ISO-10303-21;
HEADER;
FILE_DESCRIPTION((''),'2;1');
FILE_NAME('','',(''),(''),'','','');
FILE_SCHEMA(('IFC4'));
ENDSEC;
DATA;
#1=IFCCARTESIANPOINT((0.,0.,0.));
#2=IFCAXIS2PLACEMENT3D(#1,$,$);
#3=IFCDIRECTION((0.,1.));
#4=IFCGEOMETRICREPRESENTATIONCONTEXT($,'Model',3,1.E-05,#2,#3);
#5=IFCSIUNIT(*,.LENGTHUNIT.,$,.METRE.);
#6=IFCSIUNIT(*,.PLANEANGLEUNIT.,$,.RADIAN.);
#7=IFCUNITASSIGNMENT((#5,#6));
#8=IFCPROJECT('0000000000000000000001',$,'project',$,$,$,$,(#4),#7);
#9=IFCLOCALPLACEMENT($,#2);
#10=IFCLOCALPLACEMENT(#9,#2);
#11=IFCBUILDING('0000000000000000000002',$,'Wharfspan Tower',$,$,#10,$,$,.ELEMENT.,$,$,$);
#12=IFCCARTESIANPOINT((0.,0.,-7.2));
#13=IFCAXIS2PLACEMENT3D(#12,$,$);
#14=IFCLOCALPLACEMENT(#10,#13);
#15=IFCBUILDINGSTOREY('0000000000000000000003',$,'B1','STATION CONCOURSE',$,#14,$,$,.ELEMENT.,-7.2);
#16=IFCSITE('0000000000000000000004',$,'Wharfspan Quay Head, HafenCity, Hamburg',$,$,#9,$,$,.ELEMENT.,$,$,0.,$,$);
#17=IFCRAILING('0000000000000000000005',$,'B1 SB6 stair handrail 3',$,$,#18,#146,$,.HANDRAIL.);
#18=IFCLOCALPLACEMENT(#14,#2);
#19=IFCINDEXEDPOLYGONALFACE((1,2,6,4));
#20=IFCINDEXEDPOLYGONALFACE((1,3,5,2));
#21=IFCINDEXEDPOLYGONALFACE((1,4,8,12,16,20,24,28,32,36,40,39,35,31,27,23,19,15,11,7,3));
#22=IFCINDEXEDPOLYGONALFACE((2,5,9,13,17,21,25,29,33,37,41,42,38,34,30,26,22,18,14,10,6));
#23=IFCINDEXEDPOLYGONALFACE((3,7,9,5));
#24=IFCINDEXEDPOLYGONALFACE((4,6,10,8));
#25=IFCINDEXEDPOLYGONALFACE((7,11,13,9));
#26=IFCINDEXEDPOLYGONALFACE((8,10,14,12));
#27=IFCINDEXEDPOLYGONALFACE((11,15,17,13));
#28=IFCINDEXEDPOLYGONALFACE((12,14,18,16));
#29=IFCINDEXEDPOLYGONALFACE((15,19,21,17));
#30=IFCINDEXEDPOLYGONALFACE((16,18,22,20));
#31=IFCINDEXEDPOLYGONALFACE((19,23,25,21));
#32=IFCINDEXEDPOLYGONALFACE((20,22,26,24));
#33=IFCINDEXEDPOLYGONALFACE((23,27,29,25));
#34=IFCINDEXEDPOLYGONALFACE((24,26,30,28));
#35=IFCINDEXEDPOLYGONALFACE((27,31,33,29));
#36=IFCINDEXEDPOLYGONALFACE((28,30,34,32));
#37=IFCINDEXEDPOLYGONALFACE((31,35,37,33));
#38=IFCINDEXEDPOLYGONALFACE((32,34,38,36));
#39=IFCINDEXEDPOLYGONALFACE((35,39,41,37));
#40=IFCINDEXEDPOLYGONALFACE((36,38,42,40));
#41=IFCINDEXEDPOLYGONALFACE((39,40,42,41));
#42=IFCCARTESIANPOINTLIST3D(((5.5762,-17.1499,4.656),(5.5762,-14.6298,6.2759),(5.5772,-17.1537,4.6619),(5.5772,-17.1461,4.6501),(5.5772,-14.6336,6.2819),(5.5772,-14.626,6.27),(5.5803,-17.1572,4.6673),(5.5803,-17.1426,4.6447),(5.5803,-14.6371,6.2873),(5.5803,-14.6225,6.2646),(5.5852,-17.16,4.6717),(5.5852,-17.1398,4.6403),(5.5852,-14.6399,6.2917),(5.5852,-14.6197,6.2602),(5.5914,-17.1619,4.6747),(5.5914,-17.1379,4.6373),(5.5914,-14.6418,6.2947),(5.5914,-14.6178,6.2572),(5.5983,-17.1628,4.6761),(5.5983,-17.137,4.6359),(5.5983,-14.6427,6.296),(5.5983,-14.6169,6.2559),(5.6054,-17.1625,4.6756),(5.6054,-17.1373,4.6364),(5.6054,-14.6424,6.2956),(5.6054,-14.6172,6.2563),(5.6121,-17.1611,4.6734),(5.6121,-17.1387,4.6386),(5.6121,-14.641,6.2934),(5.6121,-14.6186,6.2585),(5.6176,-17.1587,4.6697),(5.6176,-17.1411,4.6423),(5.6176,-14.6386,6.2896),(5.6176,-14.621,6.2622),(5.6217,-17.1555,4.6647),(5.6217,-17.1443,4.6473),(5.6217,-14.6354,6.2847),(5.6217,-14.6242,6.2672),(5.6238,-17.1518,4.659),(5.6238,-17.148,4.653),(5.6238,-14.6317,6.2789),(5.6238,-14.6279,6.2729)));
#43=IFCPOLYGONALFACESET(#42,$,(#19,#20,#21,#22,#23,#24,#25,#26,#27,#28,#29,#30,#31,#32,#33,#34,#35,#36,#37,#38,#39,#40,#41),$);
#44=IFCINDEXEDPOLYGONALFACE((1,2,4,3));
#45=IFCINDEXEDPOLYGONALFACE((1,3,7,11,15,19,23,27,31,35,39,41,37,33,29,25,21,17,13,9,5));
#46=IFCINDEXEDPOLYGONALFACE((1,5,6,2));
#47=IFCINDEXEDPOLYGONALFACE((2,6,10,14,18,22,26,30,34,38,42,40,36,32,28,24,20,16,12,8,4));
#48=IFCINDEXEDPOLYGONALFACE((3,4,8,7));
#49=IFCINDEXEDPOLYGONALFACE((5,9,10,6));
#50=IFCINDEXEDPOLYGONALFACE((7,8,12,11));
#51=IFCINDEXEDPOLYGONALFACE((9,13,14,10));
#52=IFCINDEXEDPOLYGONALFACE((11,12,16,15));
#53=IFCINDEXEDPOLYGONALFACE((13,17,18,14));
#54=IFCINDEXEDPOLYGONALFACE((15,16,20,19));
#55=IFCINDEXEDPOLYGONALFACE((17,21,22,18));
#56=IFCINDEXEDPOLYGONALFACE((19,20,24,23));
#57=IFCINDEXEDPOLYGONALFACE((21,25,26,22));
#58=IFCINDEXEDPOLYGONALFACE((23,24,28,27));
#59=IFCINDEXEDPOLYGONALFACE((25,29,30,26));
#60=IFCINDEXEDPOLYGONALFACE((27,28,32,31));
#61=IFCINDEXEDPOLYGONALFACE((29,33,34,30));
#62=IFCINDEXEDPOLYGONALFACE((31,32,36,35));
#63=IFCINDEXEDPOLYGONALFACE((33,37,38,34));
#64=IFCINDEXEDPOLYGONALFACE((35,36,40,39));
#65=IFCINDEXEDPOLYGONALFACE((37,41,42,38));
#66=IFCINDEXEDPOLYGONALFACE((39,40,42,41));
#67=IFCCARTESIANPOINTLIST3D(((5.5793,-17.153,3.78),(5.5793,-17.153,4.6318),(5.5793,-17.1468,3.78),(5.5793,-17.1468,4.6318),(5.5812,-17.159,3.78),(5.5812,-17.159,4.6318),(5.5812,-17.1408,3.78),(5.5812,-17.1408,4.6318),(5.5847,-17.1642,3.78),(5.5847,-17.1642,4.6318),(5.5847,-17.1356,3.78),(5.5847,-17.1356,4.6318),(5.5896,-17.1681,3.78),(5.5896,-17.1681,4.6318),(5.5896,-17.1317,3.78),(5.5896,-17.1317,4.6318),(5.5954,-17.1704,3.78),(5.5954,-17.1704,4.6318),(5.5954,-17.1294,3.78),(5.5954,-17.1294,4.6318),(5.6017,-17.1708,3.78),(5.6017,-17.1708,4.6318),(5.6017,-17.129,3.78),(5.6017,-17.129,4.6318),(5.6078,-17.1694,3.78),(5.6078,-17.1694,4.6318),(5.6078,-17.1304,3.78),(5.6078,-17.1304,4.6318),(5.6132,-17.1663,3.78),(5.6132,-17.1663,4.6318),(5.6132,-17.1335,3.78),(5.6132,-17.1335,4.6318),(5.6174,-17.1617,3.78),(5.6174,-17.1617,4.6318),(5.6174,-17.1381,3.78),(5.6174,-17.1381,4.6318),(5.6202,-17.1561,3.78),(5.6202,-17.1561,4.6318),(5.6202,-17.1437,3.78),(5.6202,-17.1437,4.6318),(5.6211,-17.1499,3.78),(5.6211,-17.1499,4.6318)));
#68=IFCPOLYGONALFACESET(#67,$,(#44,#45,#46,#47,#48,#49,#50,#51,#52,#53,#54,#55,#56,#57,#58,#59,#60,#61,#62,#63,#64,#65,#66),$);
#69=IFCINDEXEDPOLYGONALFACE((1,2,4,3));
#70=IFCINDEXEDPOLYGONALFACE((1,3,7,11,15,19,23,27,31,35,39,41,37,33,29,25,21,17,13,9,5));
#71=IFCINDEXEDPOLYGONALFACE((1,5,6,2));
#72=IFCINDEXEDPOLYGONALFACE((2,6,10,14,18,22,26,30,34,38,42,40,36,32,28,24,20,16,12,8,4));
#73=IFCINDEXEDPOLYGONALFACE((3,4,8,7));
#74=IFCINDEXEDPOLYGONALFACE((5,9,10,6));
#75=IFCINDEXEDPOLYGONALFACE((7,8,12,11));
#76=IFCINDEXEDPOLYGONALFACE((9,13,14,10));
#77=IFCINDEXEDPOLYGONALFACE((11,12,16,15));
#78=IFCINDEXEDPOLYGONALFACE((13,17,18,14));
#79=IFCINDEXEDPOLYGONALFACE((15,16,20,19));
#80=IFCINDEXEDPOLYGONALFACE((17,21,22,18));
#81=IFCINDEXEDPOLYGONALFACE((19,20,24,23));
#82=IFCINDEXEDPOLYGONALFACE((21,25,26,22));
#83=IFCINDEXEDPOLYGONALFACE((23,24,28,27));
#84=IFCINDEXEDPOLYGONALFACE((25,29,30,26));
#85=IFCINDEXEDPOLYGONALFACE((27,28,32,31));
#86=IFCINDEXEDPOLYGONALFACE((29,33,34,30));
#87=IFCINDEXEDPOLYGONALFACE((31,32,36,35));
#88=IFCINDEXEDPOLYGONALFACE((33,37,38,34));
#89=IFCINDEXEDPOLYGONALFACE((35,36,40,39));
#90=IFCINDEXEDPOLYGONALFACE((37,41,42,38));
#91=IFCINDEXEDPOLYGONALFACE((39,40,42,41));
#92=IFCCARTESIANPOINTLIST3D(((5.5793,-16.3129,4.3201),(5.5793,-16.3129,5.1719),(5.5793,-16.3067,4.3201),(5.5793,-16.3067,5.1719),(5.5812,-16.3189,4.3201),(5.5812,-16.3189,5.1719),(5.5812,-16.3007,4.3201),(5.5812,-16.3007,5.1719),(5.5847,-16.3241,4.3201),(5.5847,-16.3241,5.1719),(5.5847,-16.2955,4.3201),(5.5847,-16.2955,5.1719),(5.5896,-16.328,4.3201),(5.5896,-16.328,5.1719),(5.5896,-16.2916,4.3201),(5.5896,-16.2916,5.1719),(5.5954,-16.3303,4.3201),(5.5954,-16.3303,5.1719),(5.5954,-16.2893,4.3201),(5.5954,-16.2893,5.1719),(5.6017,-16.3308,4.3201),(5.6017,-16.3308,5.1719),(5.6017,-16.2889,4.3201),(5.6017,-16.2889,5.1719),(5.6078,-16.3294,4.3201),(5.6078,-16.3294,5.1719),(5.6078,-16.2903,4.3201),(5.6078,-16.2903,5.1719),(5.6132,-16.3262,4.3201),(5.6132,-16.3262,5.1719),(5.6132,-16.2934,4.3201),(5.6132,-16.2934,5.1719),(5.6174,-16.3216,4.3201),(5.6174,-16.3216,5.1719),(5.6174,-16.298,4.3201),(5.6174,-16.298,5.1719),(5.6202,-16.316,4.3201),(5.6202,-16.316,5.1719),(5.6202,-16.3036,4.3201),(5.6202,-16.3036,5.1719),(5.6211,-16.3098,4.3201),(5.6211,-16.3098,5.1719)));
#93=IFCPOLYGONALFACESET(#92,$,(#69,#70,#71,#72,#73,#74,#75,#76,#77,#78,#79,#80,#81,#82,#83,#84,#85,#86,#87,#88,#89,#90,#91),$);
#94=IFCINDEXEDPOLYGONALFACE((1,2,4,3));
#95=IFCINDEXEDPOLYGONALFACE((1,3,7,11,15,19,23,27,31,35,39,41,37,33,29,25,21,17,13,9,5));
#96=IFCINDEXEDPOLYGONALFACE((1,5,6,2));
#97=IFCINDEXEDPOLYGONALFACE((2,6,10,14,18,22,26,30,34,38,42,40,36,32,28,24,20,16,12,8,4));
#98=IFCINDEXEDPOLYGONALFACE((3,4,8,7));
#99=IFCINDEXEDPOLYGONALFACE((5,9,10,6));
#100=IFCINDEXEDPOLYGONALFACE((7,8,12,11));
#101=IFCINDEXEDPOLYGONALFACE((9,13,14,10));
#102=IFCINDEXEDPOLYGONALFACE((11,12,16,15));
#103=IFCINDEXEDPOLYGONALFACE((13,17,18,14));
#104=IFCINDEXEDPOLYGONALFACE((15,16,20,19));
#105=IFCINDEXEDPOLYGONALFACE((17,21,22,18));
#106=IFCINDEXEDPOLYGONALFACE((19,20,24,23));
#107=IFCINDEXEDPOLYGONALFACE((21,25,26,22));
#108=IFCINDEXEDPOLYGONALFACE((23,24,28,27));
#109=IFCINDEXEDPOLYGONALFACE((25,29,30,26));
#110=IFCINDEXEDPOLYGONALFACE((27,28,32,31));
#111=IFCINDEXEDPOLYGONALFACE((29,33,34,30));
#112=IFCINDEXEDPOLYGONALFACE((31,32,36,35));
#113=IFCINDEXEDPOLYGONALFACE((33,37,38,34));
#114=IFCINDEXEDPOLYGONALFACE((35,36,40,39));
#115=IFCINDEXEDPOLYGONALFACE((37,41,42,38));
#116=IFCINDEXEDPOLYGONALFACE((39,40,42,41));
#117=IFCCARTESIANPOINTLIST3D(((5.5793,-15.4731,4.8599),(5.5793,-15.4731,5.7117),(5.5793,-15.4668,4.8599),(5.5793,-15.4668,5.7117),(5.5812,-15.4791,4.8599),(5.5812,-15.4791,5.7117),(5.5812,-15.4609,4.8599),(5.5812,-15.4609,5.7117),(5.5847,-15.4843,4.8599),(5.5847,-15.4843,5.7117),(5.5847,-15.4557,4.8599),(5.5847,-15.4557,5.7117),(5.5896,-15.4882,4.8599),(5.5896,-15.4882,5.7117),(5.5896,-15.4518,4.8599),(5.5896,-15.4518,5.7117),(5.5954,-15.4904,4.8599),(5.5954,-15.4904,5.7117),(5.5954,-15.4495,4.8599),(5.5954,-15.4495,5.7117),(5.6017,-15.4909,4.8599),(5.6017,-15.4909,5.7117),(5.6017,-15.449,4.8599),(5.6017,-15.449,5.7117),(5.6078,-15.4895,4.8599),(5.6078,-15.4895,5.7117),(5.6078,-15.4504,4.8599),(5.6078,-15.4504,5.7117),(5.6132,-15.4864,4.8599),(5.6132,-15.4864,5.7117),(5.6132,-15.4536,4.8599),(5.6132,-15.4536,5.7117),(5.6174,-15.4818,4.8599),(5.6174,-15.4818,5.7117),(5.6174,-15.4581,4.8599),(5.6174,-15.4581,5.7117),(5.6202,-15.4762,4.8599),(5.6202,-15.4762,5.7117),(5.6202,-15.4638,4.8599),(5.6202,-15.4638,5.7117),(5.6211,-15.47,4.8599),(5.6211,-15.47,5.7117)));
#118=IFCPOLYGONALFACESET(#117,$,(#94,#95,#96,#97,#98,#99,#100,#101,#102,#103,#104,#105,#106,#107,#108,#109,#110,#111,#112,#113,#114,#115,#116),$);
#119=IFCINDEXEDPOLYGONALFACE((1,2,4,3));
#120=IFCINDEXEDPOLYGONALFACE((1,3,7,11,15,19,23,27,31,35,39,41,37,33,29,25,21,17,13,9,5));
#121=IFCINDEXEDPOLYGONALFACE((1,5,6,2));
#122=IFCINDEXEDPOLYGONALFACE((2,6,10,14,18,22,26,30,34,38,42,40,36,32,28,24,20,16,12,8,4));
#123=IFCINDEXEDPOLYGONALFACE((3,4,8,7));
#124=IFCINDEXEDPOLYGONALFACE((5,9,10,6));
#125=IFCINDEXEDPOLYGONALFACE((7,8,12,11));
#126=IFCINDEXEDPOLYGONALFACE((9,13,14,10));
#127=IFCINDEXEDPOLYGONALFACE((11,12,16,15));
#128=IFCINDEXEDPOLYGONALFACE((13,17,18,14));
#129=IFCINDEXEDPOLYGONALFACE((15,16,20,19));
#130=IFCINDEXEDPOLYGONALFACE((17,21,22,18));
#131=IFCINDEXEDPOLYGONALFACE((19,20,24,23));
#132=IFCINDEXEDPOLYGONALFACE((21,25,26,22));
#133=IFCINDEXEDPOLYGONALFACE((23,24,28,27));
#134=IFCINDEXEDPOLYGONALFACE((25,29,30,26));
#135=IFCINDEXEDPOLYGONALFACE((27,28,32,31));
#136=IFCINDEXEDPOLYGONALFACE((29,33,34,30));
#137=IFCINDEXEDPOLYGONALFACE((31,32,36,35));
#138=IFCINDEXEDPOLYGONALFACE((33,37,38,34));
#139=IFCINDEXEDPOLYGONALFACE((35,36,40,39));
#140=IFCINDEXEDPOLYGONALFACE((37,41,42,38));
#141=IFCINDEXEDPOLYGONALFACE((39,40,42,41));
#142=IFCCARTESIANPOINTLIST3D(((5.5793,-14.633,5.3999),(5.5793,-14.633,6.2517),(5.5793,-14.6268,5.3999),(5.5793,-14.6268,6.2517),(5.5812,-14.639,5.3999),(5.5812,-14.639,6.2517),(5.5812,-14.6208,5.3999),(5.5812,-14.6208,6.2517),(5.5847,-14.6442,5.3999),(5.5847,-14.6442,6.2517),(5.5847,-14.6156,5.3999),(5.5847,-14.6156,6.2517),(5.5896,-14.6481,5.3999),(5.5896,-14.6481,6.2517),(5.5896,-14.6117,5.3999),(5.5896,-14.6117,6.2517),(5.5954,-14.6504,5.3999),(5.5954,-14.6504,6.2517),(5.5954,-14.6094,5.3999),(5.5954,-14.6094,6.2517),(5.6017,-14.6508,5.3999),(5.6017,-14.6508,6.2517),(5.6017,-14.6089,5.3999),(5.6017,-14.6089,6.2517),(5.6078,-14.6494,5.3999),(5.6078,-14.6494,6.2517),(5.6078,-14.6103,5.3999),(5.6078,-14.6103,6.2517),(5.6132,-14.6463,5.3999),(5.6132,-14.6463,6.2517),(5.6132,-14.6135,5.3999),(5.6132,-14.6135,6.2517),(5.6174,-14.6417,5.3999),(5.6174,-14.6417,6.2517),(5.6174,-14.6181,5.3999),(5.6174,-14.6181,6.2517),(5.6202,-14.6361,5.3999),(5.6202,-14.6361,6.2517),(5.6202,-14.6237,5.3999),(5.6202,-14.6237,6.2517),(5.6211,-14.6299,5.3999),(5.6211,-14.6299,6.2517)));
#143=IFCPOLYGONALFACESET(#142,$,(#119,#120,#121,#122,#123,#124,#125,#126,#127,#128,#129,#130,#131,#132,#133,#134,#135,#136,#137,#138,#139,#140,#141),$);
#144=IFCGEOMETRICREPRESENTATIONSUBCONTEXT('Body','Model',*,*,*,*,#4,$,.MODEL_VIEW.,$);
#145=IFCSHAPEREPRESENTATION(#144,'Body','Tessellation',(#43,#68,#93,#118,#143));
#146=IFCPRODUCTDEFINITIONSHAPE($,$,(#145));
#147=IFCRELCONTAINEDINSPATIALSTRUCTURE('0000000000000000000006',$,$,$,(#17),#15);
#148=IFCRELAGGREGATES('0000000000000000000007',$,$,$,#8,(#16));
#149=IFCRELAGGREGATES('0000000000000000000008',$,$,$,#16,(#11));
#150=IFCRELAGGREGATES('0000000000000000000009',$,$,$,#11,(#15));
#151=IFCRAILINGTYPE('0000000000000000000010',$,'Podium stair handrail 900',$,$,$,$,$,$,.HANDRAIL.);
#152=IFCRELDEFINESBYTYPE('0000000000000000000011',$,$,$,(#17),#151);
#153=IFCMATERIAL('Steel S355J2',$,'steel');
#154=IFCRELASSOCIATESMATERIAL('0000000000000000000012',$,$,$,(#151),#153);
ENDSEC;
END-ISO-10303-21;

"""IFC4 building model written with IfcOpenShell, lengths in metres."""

from ifc_helpers import new_model, si_unit, direction, frame, origin, origin_2d, place, context, subcontext, project, spatial, circle, extrude, material, type_object, element, save


model = new_model("IFC4")

# Units and contexts
model_context = context("Model", 3, precision=1e-05, world=origin(), true_north=direction((0.0, 1.0)))
body_context = subcontext(model_context, "Body", "Model", "MODEL_VIEW")
ifc_project = project(units=[si_unit("LENGTHUNIT", "METRE"), si_unit("PLANEANGLEUNIT", "RADIAN")], contexts=[model_context])

# Site, building, storey
site_placement = place(None, origin())
site = spatial("IfcSite", under=ifc_project, at=site_placement, Name="Wharfspan Quay Head, HafenCity, Hamburg", CompositionType="ELEMENT", RefElevation=0.0)
building_placement = place(site_placement, origin())
building = spatial("IfcBuilding", under=site, at=building_placement, Name="Wharfspan Tower", CompositionType="ELEMENT")
storey_placement = place(building_placement, frame((0.0, 0.0, -7.2)))
storey = spatial("IfcBuildingStorey", under=building, at=storey_placement, Name="B1", Description="STATION CONCOURSE", CompositionType="ELEMENT", Elevation=-7.2)

# Railing
ifc_material_1 = material(Name="Steel S355J2", Category="steel")
railing_type = type_object("IfcRailingType", Name="Podium stair handrail 900", PredefinedType="HANDRAIL", material=ifc_material_1)
railing_1_placement = place(storey_placement, frame((5.6001, -17.1499, 3.78)))
element("IfcRailing", 1, at=railing_1_placement, inside=storey, type_object=railing_type, Name="B1 SB6 stair handrail 3", PredefinedType="HANDRAIL", context=body_context, shape_type="SweptSolid", body=[
    extrude(circle(Radius=0.0239, at=origin_2d()), frame((0.0, 0.0, 0.876), z_axis=(0.0, 0.8412, 0.540725), x_axis=(-1.0, 0.0, 0.0)), (0.0, 0.0, 1.0), 2.9958),
    extrude(circle(Radius=0.021, at=origin_2d()), origin(), (0.0, 0.0, 1.0), 0.8518),
    extrude(circle(Radius=0.021, at=origin_2d()), frame((0.0, 0.8401, 0.54)), (0.0, 0.0, 1.0), 0.8518),
    extrude(circle(Radius=0.021, at=origin_2d()), frame((0.0, 1.6799, 1.0798)), (0.0, 0.0, 1.0), 0.8518),
    extrude(circle(Radius=0.021, at=origin_2d()), frame((0.0, 2.52, 1.6199)), (0.0, 0.0, 1.0), 0.8518),
])

save(model, "model.ifc")
